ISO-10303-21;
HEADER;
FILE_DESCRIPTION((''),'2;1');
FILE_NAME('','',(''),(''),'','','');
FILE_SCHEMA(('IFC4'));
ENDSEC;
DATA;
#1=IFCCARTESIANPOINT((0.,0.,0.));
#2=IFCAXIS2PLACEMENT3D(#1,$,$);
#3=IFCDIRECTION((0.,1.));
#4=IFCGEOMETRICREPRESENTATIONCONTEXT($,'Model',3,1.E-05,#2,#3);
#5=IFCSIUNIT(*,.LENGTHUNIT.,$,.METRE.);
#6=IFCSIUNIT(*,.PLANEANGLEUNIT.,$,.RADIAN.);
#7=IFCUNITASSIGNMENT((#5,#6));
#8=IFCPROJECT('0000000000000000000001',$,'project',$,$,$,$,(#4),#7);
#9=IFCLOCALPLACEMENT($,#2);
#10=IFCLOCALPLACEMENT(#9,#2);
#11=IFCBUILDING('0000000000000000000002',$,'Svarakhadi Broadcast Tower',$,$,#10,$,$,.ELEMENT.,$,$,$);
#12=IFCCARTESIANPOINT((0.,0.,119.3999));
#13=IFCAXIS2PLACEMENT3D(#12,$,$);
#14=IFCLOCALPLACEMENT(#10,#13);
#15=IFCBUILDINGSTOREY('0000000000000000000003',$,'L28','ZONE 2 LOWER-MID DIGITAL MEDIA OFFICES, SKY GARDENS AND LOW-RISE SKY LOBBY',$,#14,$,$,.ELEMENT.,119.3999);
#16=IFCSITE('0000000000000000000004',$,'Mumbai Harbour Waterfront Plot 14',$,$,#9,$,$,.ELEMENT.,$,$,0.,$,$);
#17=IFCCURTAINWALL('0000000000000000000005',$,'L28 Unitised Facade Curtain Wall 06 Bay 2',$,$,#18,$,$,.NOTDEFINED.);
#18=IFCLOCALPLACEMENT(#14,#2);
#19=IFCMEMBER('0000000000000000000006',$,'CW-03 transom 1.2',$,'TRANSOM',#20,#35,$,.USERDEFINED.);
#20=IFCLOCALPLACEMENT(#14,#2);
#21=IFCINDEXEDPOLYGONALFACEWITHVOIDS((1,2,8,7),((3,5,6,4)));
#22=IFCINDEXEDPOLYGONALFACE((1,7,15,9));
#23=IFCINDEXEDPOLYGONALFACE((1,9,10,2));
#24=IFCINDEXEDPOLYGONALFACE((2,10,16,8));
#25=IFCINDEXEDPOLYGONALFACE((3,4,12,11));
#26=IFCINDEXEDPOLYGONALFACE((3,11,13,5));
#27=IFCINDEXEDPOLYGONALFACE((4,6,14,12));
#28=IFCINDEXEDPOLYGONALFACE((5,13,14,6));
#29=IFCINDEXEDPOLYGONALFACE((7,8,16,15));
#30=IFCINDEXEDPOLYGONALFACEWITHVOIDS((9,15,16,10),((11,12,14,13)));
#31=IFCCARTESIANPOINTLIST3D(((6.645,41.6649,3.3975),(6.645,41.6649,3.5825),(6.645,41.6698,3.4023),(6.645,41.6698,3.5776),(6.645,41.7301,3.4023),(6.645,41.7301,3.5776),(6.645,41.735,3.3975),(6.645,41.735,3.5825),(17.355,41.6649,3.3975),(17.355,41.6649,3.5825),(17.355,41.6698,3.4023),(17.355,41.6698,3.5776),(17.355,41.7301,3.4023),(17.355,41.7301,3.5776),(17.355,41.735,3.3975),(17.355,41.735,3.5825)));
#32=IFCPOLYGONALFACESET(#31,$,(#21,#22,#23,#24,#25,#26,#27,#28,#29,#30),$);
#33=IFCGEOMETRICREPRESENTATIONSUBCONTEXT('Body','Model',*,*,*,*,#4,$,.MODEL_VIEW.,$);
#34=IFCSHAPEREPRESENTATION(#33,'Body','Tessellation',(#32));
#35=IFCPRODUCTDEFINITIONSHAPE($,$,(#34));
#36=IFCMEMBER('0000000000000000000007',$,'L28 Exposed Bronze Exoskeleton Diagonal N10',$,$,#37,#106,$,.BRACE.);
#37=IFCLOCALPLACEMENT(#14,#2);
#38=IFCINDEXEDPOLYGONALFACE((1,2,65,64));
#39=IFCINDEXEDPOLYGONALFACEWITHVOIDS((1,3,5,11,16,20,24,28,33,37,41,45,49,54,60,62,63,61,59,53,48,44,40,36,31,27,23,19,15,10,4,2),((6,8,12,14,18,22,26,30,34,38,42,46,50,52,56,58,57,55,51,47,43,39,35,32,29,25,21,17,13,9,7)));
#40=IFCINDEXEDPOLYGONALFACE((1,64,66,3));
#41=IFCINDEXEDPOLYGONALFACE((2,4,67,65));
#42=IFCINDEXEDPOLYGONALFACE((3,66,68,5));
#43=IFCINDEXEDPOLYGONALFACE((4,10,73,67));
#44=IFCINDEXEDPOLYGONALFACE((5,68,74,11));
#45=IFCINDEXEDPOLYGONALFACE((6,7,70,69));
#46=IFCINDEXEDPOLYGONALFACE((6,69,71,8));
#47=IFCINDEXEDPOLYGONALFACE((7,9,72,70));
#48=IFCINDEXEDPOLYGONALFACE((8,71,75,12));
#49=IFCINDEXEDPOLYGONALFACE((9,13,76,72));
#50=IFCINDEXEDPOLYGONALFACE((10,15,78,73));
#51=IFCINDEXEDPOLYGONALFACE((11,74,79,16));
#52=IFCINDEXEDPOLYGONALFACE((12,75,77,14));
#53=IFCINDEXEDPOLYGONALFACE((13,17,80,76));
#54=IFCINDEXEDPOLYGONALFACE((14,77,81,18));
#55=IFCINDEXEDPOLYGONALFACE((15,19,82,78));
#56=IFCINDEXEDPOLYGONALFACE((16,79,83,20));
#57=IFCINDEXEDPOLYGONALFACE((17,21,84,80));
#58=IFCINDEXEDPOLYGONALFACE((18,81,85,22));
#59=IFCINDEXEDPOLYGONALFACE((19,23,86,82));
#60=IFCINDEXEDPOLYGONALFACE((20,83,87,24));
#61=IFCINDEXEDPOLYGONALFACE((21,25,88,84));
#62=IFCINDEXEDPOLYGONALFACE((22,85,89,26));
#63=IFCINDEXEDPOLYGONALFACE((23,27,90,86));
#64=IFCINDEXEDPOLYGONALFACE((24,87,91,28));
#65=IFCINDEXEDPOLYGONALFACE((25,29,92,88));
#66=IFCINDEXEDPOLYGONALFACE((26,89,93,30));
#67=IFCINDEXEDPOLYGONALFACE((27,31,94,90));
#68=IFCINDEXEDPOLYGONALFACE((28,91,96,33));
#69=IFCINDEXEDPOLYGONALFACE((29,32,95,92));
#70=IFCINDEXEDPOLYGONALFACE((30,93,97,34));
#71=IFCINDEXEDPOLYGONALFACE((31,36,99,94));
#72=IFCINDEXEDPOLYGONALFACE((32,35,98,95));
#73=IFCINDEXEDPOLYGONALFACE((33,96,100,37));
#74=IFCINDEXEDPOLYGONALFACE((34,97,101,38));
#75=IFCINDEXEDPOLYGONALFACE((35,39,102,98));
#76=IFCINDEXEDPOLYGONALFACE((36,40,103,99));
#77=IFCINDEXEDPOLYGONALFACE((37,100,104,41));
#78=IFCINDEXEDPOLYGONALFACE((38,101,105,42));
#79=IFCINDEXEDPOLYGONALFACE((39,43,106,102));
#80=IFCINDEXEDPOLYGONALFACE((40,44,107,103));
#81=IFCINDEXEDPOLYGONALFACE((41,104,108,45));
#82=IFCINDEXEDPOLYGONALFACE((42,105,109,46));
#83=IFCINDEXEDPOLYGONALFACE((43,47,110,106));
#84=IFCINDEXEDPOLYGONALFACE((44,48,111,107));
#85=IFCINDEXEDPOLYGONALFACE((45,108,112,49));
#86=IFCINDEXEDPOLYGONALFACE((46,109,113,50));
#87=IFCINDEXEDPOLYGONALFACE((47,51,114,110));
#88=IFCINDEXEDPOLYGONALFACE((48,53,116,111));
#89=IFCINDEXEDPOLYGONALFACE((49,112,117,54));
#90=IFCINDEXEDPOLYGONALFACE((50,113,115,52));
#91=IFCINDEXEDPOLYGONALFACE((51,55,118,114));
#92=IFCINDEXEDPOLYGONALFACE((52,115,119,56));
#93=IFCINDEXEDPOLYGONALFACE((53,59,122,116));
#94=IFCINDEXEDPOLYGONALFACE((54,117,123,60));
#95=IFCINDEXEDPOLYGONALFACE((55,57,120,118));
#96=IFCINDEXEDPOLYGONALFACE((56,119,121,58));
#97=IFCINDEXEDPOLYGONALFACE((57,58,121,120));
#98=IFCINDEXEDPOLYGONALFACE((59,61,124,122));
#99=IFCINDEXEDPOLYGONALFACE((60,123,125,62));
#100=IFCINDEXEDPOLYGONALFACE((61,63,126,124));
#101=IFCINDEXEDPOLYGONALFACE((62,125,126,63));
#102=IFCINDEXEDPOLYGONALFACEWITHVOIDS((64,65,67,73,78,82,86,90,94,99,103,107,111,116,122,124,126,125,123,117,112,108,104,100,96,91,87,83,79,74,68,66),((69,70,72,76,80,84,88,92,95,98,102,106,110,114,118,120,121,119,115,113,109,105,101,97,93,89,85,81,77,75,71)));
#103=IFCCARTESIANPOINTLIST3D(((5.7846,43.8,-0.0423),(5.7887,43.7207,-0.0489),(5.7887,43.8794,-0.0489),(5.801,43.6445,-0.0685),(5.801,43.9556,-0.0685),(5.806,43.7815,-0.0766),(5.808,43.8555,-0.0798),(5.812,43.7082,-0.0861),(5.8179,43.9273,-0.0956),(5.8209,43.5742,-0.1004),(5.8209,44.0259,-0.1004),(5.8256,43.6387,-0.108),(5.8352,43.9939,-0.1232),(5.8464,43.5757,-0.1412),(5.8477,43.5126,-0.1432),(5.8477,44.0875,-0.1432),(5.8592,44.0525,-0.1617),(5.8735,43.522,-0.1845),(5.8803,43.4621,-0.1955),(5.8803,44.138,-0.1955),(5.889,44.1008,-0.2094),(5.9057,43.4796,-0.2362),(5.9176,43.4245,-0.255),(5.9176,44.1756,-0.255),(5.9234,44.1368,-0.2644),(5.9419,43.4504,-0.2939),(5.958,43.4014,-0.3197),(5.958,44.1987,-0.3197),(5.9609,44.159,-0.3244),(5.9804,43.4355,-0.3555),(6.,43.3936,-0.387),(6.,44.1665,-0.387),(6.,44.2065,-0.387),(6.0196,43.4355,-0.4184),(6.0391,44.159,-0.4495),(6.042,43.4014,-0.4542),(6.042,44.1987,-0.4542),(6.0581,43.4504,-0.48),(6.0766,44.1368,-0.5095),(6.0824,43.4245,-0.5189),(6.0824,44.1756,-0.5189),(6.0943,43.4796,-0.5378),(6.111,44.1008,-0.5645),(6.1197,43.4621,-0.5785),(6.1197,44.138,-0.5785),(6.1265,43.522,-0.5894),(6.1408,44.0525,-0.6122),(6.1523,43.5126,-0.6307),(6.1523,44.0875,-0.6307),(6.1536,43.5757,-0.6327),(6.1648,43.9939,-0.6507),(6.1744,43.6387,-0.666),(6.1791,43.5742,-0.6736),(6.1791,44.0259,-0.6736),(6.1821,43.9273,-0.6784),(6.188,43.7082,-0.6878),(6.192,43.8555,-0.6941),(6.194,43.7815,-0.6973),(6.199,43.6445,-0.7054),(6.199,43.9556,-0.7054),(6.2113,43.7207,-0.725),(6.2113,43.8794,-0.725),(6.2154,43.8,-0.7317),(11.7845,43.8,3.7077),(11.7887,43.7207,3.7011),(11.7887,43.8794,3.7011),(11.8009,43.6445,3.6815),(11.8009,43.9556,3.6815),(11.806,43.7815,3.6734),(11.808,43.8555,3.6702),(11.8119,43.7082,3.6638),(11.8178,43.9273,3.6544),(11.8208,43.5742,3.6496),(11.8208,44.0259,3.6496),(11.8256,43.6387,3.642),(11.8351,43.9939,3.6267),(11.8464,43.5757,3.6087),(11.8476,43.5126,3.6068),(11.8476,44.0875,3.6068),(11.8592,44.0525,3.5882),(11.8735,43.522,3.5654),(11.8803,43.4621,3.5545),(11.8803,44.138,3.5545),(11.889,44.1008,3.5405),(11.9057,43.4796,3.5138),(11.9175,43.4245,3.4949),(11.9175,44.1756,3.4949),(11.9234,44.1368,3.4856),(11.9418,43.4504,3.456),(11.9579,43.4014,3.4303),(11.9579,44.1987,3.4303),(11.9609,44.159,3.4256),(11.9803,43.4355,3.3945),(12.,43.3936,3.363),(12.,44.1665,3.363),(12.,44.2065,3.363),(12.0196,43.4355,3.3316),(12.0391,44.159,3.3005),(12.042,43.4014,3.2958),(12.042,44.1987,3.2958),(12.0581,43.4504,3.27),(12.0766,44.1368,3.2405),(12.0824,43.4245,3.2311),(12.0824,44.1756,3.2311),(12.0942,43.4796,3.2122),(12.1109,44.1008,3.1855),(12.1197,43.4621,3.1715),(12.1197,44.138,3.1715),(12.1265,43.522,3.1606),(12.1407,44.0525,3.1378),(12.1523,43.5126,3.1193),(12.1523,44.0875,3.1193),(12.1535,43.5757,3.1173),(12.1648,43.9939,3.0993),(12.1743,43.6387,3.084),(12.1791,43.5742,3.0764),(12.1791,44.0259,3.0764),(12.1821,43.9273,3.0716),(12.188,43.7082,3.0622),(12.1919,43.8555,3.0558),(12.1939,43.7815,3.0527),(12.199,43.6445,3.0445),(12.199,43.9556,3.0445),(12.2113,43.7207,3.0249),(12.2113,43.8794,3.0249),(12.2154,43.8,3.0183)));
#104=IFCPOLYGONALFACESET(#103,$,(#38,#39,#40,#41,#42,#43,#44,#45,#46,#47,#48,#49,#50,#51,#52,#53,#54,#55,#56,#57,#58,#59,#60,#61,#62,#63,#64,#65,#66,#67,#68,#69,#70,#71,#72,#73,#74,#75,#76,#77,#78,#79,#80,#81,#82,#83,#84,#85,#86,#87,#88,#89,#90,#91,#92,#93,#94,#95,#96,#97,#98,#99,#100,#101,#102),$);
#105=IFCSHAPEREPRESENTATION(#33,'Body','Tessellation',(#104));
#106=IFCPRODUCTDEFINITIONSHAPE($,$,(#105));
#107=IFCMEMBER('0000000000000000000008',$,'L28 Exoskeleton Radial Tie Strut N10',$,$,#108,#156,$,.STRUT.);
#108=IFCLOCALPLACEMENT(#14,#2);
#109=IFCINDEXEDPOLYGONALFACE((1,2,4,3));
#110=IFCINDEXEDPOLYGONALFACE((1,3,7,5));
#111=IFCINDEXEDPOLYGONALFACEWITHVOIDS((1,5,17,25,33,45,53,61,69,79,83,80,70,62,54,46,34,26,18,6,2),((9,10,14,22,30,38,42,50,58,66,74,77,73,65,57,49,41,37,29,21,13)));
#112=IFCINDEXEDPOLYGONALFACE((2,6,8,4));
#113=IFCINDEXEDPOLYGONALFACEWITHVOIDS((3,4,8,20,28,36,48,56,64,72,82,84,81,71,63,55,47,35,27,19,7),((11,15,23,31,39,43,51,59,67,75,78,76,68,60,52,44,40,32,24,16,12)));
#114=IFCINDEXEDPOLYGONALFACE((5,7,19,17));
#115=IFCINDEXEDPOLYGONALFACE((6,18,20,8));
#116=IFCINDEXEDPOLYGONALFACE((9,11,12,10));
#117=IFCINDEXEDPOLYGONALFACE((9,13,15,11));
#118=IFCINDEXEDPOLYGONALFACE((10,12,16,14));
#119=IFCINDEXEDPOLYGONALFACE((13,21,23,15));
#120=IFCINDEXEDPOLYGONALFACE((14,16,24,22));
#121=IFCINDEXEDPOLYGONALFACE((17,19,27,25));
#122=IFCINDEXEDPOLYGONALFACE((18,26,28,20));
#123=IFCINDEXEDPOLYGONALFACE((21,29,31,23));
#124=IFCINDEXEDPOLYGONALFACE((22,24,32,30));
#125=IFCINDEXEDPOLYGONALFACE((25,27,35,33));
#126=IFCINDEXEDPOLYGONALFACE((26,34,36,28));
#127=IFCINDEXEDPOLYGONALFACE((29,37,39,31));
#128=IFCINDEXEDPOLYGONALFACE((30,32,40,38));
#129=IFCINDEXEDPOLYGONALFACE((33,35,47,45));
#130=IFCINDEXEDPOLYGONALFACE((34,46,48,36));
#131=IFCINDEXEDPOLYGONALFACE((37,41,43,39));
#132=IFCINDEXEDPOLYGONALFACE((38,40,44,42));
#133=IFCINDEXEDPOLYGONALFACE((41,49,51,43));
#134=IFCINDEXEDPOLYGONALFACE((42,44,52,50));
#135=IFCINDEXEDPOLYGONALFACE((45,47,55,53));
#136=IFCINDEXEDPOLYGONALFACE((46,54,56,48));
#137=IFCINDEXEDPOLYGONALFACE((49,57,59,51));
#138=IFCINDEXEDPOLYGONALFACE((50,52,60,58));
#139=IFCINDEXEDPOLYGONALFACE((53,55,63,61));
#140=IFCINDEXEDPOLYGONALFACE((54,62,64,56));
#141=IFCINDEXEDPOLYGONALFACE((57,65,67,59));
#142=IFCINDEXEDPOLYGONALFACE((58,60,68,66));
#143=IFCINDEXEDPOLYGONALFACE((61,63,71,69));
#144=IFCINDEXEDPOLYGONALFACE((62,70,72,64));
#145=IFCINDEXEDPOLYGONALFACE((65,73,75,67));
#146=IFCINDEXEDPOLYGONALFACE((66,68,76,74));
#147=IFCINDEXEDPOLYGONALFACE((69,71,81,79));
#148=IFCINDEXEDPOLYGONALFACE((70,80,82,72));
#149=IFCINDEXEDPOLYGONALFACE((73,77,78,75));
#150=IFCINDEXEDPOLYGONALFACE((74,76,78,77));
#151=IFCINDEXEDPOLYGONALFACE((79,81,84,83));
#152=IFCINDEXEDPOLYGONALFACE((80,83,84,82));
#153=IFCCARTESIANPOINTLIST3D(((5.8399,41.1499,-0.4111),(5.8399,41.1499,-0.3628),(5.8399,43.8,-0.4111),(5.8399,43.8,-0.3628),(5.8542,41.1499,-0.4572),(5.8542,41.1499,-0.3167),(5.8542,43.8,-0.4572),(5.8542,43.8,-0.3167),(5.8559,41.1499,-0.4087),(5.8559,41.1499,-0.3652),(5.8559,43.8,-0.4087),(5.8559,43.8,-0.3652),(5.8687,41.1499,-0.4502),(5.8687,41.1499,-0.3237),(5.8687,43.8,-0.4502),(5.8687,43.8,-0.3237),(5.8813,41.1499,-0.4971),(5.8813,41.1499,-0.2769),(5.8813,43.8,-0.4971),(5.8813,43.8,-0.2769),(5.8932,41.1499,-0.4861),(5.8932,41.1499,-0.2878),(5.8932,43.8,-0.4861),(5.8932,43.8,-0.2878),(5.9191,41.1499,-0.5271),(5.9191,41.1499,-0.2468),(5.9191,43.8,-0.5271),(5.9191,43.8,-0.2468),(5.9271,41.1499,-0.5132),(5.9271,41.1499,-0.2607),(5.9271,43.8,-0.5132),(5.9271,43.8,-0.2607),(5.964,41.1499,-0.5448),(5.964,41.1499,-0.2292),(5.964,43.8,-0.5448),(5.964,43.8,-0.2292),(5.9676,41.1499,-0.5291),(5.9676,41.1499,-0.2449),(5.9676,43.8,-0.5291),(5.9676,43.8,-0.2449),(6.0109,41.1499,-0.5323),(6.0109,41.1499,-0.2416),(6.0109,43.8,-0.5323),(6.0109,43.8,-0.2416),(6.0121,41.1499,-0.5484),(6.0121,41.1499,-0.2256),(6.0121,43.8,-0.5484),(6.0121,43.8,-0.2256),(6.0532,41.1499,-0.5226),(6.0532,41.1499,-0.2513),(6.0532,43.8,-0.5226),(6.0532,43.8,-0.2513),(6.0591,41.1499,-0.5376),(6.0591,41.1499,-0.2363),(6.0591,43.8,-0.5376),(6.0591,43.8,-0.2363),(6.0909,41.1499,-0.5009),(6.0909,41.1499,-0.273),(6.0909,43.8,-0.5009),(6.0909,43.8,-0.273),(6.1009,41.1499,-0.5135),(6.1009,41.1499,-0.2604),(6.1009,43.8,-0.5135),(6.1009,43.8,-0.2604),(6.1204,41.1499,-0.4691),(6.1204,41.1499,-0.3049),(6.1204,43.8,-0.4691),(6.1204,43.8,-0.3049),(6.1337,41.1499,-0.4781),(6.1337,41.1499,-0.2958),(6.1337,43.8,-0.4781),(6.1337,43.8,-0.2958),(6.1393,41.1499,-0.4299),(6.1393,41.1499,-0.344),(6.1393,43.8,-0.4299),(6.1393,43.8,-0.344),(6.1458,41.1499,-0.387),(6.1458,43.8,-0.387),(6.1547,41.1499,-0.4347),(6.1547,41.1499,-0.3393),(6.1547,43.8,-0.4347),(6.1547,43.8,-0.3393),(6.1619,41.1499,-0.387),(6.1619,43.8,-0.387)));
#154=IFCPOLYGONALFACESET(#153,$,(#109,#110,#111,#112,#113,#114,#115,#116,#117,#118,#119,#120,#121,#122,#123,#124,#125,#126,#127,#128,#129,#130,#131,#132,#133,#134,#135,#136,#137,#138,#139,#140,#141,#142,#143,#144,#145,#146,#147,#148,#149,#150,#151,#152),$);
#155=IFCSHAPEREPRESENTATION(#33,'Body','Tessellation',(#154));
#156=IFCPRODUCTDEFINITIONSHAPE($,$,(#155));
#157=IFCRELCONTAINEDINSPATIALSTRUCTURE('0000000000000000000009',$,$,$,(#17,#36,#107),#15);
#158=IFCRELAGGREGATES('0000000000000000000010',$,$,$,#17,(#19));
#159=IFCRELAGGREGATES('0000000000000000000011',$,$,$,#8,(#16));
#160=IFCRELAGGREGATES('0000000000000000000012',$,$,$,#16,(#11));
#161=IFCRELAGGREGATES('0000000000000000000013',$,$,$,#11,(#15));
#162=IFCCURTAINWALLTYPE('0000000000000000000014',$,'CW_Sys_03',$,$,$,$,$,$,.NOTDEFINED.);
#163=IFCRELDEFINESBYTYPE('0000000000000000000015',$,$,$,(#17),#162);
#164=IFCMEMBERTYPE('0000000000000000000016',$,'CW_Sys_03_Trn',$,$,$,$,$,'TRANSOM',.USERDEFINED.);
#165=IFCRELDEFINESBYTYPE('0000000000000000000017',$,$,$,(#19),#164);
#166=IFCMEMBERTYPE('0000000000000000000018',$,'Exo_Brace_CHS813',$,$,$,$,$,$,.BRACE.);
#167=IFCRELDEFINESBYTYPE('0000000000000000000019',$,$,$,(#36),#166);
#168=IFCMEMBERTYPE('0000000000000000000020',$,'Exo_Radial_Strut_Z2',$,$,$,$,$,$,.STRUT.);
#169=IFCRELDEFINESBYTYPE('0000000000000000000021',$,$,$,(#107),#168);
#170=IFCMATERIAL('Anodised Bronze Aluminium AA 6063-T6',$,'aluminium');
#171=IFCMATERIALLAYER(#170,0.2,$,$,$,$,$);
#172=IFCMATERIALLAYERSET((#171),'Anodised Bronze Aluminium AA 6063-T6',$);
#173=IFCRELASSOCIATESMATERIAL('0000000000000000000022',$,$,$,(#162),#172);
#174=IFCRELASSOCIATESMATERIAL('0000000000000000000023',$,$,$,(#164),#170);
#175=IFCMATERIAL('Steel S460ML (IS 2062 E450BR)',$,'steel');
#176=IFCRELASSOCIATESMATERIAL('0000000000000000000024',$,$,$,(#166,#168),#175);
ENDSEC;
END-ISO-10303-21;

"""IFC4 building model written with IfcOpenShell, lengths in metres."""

from ifc_helpers import new_model, si_unit, direction, frame, origin, origin_2d, place, context, subcontext, project, spatial, hollow_rectangle, hollow_circle, extrude, material, layer, layer_set, material_profile, profile_set, type_object, element, aggregate, save


model = new_model("IFC4")

# Units and contexts
model_context = context("Model", 3, precision=1e-05, world=origin(), true_north=direction((0.0, 1.0)))
body_context = subcontext(model_context, "Body", "Model", "MODEL_VIEW")
ifc_project = project(units=[si_unit("LENGTHUNIT", "METRE"), si_unit("PLANEANGLEUNIT", "RADIAN")], contexts=[model_context])

# Site, building, storey
site_placement = place(None, origin())
site = spatial("IfcSite", under=ifc_project, at=site_placement, Name="Mumbai Harbour Waterfront Plot 14", CompositionType="ELEMENT", RefElevation=0.0)
building_placement = place(site_placement, origin())
building = spatial("IfcBuilding", under=site, at=building_placement, Name="Svarakhadi Broadcast Tower", CompositionType="ELEMENT")
storey_placement = place(building_placement, frame((0.0, 0.0, 119.3999)))
storey = spatial("IfcBuildingStorey", under=building, at=storey_placement, Name="L28", Description="ZONE 2 LOWER-MID DIGITAL MEDIA OFFICES, SKY GARDENS AND LOW-RISE SKY LOBBY", CompositionType="ELEMENT", Elevation=119.3999)

# Shared definitions
ifc_material_1 = material(Name="Steel S460ML (IS 2062 E450BR)", Category="steel")

# Curtain wall, member
ifc_material_2 = material(Name="Anodised Bronze Aluminium AA 6063-T6", Category="aluminium")
ifc_layer_1 = layer(ifc_material_2, 0.2)
ifc_layer_set_1 = layer_set([ifc_layer_1], Name="Anodised Bronze Aluminium AA 6063-T6")
curtain_wall_type = type_object("IfcCurtainWallType", Name="CW_Sys_03", PredefinedType="NOTDEFINED", material=ifc_layer_set_1)
curtain_wall_placement = place(storey_placement, origin())
curtain_wall = element("IfcCurtainWall", 1, at=curtain_wall_placement, inside=storey, type_object=curtain_wall_type, Name="L28 Unitised Facade Curtain Wall 06 Bay 2", PredefinedType="NOTDEFINED")
ifc_material_profile_1 = material_profile(ifc_material_2, hollow_rectangle(XDim=0.0701, YDim=0.1851, WallThickness=0.0049, at=origin_2d()), Name="ALU TRANSOM 185x70x5")
ifc_profile_set_1 = profile_set([ifc_material_profile_1], Name="Anodised Bronze Aluminium AA 6063-T6")
member_type_1 = type_object("IfcMemberType", Name="CW_Sys_03_Trn", ElementType="TRANSOM", PredefinedType="USERDEFINED", material=ifc_profile_set_1)
member_1_placement = place(storey_placement, frame((6.645, 41.7, 3.49), z_axis=(1.0, 0.0, 0.0), x_axis=(0.0, 1.0, 0.0)))
member_1 = element("IfcMember", 2, at=member_1_placement, type_object=member_type_1, Name="CW-03 transom 1.2", ObjectType="TRANSOM", PredefinedType="USERDEFINED", context=body_context, shape_type="SweptSolid", body=[
    extrude(hollow_rectangle(XDim=0.0701, YDim=0.1851, WallThickness=0.0049, at=origin_2d()), origin(), (0.0, 0.0, 1.0), 10.71),
])

# Members
ifc_material_profile_2 = material_profile(ifc_material_1, hollow_circle(Radius=0.4065, WallThickness=0.04, at=origin_2d()), Name="CHS 813x40")
ifc_profile_set_2 = profile_set([ifc_material_profile_2], Name="Steel S460ML (IS 2062 E450BR)")
member_type_2 = type_object("IfcMemberType", Name="Exo_Brace_CHS813", PredefinedType="BRACE", material=ifc_profile_set_2)
member_2_placement = place(storey_placement, frame((6.0, 43.8, -0.387), z_axis=(0.847998, 0.0, 0.529999), x_axis=(0.0, 1.0, 0.0)))
element("IfcMember", 3, at=member_2_placement, inside=storey, type_object=member_type_2, Name="L28 Exposed Bronze Exoskeleton Diagonal N10", PredefinedType="BRACE", context=body_context, shape_type="SweptSolid", body=[
    extrude(hollow_circle(Radius=0.4065, WallThickness=0.04, at=origin_2d()), origin(), (0.0, 0.0, 1.0), 7.0754),
])
ifc_material_profile_3 = material_profile(ifc_material_1, hollow_circle(Radius=0.1619, WallThickness=0.0161, at=origin_2d()), Name="CHS 323.9x16")
ifc_profile_set_3 = profile_set([ifc_material_profile_3], Name="Steel S460ML (IS 2062 E450BR)")
member_type_3 = type_object("IfcMemberType", Name="Exo_Radial_Strut_Z2", PredefinedType="STRUT", material=ifc_profile_set_3)
member_3_placement = place(storey_placement, frame((6.0, 43.8, -0.387), z_axis=(0.0, -1.0, 0.0), x_axis=(1.0, 0.0, 0.0)))
element("IfcMember", 4, at=member_3_placement, inside=storey, type_object=member_type_3, Name="L28 Exoskeleton Radial Tie Strut N10", PredefinedType="STRUT", context=body_context, shape_type="SweptSolid", body=[
    extrude(hollow_circle(Radius=0.1619, WallThickness=0.0161, at=origin_2d()), origin(), (0.0, 0.0, 1.0), 2.6501),
])

aggregate(curtain_wall, [member_1])

save(model, "model.ifc")
